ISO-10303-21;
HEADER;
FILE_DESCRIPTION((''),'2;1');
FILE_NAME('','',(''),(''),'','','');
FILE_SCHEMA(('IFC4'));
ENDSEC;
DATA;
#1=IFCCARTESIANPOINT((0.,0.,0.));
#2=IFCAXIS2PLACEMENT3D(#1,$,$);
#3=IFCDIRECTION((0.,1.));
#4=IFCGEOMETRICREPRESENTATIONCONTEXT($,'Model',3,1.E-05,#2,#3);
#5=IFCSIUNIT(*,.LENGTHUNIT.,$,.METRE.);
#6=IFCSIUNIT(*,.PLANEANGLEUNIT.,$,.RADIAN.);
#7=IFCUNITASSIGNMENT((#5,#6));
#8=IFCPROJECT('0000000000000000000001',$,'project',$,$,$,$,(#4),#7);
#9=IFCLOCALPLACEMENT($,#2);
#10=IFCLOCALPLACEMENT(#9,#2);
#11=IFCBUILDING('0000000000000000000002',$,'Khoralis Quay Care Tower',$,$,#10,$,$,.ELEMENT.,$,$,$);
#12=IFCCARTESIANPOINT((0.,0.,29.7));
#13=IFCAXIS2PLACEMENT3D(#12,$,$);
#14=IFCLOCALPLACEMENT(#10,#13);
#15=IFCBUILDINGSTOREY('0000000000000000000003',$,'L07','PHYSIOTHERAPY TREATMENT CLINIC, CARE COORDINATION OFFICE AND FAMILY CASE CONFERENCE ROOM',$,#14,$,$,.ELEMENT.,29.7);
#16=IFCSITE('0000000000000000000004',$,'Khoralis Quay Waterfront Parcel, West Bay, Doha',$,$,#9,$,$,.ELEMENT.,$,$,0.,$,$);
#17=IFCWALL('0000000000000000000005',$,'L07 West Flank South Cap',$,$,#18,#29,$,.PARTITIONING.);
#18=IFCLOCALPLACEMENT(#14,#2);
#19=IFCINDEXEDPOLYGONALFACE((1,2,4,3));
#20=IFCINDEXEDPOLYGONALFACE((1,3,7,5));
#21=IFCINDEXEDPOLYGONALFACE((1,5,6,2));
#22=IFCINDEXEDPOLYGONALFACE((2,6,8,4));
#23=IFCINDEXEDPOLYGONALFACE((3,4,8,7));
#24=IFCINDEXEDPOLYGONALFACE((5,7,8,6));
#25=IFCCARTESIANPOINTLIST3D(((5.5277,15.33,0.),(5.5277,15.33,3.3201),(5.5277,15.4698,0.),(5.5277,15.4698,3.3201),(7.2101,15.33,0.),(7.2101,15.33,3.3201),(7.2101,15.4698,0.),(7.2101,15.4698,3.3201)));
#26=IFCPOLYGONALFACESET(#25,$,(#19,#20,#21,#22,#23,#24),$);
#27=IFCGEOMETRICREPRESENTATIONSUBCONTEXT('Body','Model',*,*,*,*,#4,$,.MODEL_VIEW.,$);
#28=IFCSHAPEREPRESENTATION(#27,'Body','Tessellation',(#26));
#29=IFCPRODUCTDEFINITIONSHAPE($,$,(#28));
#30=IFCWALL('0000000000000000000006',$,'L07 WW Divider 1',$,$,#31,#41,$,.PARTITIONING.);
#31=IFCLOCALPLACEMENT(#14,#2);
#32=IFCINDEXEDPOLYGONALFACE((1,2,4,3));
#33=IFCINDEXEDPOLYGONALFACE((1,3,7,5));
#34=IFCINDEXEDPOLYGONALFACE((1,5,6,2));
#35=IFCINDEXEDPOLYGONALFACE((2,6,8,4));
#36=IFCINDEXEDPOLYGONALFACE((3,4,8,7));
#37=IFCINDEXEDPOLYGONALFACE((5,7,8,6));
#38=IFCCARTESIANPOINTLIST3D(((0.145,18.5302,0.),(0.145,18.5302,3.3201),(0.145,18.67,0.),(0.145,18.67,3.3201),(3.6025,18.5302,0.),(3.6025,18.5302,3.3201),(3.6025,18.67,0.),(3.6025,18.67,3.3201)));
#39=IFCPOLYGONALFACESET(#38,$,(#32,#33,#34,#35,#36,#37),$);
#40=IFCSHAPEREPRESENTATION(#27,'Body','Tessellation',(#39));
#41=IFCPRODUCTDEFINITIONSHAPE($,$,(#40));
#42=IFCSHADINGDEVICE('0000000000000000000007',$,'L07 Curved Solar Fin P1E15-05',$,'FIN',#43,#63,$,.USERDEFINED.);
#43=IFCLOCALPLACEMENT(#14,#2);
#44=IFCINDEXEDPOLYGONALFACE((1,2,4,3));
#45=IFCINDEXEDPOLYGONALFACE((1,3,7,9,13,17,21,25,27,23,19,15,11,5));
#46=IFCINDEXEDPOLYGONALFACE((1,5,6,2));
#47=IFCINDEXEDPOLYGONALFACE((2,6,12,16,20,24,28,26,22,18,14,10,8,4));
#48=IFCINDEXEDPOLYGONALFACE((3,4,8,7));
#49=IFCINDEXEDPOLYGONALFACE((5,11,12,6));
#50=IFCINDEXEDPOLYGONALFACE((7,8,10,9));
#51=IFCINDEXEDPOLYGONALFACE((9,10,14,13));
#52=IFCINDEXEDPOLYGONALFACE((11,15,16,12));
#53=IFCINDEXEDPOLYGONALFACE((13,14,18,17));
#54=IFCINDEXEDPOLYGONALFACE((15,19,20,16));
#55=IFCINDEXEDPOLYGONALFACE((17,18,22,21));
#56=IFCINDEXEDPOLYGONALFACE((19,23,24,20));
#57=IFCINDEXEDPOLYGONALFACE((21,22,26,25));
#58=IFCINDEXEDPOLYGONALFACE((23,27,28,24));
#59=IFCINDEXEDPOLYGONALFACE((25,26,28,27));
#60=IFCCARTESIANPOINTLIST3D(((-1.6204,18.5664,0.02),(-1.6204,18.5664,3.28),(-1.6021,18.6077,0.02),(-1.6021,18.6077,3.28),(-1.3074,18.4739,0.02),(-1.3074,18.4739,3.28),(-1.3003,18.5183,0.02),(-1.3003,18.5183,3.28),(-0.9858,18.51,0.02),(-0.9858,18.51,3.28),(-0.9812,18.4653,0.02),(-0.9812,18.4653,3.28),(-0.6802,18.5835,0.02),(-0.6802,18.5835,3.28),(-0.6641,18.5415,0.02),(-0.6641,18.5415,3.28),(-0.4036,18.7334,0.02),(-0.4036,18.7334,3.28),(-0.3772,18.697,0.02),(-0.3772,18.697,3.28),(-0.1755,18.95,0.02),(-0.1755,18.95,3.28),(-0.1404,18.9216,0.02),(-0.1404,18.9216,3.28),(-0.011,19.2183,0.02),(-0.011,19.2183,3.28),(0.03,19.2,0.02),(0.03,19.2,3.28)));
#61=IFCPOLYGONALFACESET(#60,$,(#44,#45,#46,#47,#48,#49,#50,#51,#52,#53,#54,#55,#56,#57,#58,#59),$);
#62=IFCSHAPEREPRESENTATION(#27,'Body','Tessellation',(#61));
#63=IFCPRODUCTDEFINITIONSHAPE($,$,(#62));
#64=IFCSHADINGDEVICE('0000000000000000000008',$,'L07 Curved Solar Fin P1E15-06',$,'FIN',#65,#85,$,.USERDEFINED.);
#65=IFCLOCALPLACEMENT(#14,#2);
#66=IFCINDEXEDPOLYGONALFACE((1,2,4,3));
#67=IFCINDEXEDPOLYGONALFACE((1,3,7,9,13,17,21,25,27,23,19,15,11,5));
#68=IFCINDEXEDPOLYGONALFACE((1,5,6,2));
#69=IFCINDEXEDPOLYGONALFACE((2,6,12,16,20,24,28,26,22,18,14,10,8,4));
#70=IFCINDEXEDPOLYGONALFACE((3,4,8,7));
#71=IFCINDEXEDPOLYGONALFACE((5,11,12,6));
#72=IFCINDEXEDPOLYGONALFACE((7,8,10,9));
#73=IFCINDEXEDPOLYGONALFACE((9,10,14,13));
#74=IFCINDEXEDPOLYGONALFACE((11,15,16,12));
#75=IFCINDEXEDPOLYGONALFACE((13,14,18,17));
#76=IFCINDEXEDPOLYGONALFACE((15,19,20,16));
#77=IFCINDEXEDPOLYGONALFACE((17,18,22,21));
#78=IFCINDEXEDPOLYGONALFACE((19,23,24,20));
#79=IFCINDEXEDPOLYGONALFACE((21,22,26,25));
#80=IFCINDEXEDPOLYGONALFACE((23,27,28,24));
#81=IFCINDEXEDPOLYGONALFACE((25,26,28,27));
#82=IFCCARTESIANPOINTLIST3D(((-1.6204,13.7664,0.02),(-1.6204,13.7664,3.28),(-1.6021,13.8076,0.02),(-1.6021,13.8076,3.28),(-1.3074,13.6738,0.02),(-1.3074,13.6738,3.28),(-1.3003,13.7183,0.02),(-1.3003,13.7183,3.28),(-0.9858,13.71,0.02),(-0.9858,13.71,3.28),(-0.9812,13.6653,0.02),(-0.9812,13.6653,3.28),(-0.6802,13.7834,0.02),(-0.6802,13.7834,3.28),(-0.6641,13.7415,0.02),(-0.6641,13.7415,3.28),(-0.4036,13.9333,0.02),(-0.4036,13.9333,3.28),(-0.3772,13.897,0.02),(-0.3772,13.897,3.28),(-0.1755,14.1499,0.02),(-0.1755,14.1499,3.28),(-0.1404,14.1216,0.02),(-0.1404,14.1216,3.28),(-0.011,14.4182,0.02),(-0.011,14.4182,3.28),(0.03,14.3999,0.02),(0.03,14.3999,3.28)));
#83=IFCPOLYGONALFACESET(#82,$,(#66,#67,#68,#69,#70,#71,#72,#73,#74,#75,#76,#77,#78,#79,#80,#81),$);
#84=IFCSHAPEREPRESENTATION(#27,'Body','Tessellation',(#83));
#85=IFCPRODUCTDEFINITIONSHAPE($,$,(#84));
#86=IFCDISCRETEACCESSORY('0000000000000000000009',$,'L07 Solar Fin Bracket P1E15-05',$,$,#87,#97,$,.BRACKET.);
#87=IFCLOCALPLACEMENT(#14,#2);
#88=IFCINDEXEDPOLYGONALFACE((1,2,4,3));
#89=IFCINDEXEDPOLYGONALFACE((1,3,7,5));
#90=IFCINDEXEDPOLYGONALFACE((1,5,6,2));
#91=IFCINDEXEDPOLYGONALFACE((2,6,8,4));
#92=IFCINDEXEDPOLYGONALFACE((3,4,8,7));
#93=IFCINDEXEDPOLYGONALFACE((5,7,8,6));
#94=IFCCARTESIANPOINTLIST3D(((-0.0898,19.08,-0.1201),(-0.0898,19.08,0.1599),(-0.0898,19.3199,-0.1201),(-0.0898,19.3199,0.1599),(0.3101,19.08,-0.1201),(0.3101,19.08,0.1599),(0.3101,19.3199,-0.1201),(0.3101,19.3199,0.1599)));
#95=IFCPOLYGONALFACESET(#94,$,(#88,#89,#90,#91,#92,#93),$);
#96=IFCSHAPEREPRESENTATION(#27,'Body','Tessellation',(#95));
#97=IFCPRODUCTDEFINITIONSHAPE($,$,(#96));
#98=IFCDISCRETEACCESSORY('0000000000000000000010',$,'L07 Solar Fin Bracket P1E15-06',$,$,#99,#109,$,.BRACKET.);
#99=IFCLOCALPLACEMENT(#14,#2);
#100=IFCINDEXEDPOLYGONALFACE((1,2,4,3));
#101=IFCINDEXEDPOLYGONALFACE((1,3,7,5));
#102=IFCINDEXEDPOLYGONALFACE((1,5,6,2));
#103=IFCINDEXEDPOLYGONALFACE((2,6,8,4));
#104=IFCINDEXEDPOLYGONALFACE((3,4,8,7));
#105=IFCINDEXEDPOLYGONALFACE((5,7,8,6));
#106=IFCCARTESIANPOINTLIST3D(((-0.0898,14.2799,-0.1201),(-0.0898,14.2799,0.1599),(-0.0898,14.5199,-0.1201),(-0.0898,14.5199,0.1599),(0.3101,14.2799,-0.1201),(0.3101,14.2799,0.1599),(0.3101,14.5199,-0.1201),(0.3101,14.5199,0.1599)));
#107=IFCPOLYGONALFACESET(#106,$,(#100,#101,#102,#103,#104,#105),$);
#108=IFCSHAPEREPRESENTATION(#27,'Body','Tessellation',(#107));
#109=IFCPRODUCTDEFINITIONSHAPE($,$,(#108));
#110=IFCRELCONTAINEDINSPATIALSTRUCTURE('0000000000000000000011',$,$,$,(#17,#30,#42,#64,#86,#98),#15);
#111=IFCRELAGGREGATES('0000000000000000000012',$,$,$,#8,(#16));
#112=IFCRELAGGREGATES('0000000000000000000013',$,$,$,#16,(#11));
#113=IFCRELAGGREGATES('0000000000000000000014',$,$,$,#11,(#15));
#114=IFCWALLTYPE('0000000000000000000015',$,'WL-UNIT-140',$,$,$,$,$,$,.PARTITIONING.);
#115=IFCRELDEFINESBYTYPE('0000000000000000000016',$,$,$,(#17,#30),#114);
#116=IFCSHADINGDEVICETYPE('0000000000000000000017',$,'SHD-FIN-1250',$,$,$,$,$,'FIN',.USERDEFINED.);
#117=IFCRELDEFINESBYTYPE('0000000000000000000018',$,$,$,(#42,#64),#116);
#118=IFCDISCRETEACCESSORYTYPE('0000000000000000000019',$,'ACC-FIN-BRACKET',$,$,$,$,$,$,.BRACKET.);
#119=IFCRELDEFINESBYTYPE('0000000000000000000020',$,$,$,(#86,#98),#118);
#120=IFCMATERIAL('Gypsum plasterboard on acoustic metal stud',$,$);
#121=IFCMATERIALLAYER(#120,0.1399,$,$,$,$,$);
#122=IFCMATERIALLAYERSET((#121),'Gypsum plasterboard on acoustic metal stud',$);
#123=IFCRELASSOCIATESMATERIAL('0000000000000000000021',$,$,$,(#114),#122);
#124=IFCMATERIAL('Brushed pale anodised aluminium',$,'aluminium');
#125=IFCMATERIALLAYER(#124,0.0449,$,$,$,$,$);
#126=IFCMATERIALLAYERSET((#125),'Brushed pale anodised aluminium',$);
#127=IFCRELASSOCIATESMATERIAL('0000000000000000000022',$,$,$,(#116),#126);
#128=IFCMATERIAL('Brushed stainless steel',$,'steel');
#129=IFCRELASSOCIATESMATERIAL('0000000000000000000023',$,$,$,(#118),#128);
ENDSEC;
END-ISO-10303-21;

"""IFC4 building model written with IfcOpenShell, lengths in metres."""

from ifc_helpers import new_model, si_unit, direction, frame, frame_2d, origin, origin_2d, place, context, subcontext, project, spatial, polyline, rectangle, outline, extrude, source, transform, mapped, material, layer, layer_set, type_object, element, save


model = new_model("IFC4")

# Units and contexts
model_context = context("Model", 3, precision=1e-05, world=origin(), true_north=direction((0.0, 1.0)))
body_context = subcontext(model_context, "Body", "Model", "MODEL_VIEW")
ifc_project = project(units=[si_unit("LENGTHUNIT", "METRE"), si_unit("PLANEANGLEUNIT", "RADIAN")], contexts=[model_context])

# Site, building, storey
site_placement = place(None, origin())
site = spatial("IfcSite", under=ifc_project, at=site_placement, Name="Khoralis Quay Waterfront Parcel, West Bay, Doha", CompositionType="ELEMENT", RefElevation=0.0)
building_placement = place(site_placement, origin())
building = spatial("IfcBuilding", under=site, at=building_placement, Name="Khoralis Quay Care Tower", CompositionType="ELEMENT")
storey_placement = place(building_placement, frame((0.0, 0.0, 29.7)))
storey = spatial("IfcBuildingStorey", under=building, at=storey_placement, Name="L07", Description="PHYSIOTHERAPY TREATMENT CLINIC, CARE COORDINATION OFFICE AND FAMILY CASE CONFERENCE ROOM", CompositionType="ELEMENT", Elevation=29.7)

# Shared definitions
ifc_material_1 = material(Name="Gypsum plasterboard on acoustic metal stud")

# Walls
ifc_layer_1 = layer(ifc_material_1, 0.1399)
ifc_layer_set_1 = layer_set([ifc_layer_1], Name="Gypsum plasterboard on acoustic metal stud")
wall_type_1 = type_object("IfcWallType", Name="WL-UNIT-140", PredefinedType="PARTITIONING", material=ifc_layer_set_1)
wall_1_placement = place(storey_placement, frame((5.5276, 15.3999, 0.0), z_axis=(0.0, 0.0, 1.0), x_axis=(1.0, 0.0, 0.0)))
element("IfcWall", 1, at=wall_1_placement, inside=storey, type_object=wall_type_1, Name="L07 West Flank South Cap", PredefinedType="PARTITIONING", context=body_context, shape_type="SweptSolid", body=[
    extrude(rectangle(XDim=1.6824, YDim=0.1399, at=frame_2d((0.8413, 0.0))), origin(), (0.0, 0.0, 1.0), 3.3201),
])
wall_2_placement = place(storey_placement, frame((0.145, 18.6001, 0.0), z_axis=(0.0, 0.0, 1.0), x_axis=(1.0, 0.0, 0.0)))
element("IfcWall", 2, at=wall_2_placement, inside=storey, type_object=wall_type_1, Name="L07 WW Divider 1", PredefinedType="PARTITIONING", context=body_context, shape_type="SweptSolid", body=[
    extrude(rectangle(XDim=3.4575, YDim=0.1399, at=frame_2d((1.7288, 0.0))), origin(), (0.0, 0.0, 1.0), 3.3201),
])

# Shading devices
ifc_material_2 = material(Name="Brushed pale anodised aluminium", Category="aluminium")
ifc_layer_2 = layer(ifc_material_2, 0.0449)
ifc_layer_set_2 = layer_set([ifc_layer_2], Name="Brushed pale anodised aluminium")
shading_device_type = type_object("IfcShadingDeviceType", Name="SHD-FIN-1250", ElementType="FIN", PredefinedType="USERDEFINED", material=ifc_layer_set_2)
shared_shape_1 = source(origin(), body_context, "Body", "SweptSolid", [
    extrude(outline(polyline([(0.0, 0.0), (0.1704, 0.2783), (0.4072, 0.5029), (0.6941, 0.6584), (1.0112, 0.7346), (1.3374, 0.7261), (1.6504, 0.6335), (1.6321, 0.5923), (1.3303, 0.6816), (1.0159, 0.6899), (0.7102, 0.6165), (0.4336, 0.4666), (0.2056, 0.25), (0.041, -0.0183), (0.0, 0.0)])), origin(), (0.0, 0.0, 1.0), 3.26),
])
for number, where, z_axis, x_axis, name in (
    (3, (0.03, 19.2, 0.02), (0.0, 0.0, 1.0), (-1.0, 0.0, 0.0), "L07 Curved Solar Fin P1E15-05"),
    (4, (0.03, 14.3999, 0.02), (0.0, 0.0, 1.0), (-1.0, 0.0, 0.0), "L07 Curved Solar Fin P1E15-06"),
):
    element("IfcShadingDevice", number, at=place(storey_placement, frame(where, z_axis=z_axis, x_axis=x_axis)), inside=storey, type_object=shading_device_type, Name=name, ObjectType="FIN", PredefinedType="USERDEFINED", context=body_context, shape_type="MappedRepresentation", body=[
        mapped(shared_shape_1, transform((0.0, 0.0, 0.0), scale=1.0)),
    ])

# Discrete accessories
ifc_material_3 = material(Name="Brushed stainless steel", Category="steel")
discrete_accessory_type = type_object("IfcDiscreteAccessoryType", Name="ACC-FIN-BRACKET", PredefinedType="BRACKET", material=ifc_material_3)
shared_shape_2 = source(origin(), body_context, "Body", "SweptSolid", [
    extrude(rectangle(XDim=0.3999, YDim=0.24, at=origin_2d()), origin(), (0.0, 0.0, 1.0), 0.28),
])
for number, where, z_axis, x_axis, name in (
    (5, (0.1101, 19.2, -0.1201), (0.0, 0.0, 1.0), (-1.0, 0.0, 0.0), "L07 Solar Fin Bracket P1E15-05"),
    (6, (0.1101, 14.3999, -0.1201), (0.0, 0.0, 1.0), (-1.0, 0.0, 0.0), "L07 Solar Fin Bracket P1E15-06"),
):
    element("IfcDiscreteAccessory", number, at=place(storey_placement, frame(where, z_axis=z_axis, x_axis=x_axis)), inside=storey, type_object=discrete_accessory_type, Name=name, PredefinedType="BRACKET", context=body_context, shape_type="MappedRepresentation", body=[
        mapped(shared_shape_2, transform((0.0, 0.0, 0.0), scale=1.0)),
    ])

save(model, "model.ifc")
